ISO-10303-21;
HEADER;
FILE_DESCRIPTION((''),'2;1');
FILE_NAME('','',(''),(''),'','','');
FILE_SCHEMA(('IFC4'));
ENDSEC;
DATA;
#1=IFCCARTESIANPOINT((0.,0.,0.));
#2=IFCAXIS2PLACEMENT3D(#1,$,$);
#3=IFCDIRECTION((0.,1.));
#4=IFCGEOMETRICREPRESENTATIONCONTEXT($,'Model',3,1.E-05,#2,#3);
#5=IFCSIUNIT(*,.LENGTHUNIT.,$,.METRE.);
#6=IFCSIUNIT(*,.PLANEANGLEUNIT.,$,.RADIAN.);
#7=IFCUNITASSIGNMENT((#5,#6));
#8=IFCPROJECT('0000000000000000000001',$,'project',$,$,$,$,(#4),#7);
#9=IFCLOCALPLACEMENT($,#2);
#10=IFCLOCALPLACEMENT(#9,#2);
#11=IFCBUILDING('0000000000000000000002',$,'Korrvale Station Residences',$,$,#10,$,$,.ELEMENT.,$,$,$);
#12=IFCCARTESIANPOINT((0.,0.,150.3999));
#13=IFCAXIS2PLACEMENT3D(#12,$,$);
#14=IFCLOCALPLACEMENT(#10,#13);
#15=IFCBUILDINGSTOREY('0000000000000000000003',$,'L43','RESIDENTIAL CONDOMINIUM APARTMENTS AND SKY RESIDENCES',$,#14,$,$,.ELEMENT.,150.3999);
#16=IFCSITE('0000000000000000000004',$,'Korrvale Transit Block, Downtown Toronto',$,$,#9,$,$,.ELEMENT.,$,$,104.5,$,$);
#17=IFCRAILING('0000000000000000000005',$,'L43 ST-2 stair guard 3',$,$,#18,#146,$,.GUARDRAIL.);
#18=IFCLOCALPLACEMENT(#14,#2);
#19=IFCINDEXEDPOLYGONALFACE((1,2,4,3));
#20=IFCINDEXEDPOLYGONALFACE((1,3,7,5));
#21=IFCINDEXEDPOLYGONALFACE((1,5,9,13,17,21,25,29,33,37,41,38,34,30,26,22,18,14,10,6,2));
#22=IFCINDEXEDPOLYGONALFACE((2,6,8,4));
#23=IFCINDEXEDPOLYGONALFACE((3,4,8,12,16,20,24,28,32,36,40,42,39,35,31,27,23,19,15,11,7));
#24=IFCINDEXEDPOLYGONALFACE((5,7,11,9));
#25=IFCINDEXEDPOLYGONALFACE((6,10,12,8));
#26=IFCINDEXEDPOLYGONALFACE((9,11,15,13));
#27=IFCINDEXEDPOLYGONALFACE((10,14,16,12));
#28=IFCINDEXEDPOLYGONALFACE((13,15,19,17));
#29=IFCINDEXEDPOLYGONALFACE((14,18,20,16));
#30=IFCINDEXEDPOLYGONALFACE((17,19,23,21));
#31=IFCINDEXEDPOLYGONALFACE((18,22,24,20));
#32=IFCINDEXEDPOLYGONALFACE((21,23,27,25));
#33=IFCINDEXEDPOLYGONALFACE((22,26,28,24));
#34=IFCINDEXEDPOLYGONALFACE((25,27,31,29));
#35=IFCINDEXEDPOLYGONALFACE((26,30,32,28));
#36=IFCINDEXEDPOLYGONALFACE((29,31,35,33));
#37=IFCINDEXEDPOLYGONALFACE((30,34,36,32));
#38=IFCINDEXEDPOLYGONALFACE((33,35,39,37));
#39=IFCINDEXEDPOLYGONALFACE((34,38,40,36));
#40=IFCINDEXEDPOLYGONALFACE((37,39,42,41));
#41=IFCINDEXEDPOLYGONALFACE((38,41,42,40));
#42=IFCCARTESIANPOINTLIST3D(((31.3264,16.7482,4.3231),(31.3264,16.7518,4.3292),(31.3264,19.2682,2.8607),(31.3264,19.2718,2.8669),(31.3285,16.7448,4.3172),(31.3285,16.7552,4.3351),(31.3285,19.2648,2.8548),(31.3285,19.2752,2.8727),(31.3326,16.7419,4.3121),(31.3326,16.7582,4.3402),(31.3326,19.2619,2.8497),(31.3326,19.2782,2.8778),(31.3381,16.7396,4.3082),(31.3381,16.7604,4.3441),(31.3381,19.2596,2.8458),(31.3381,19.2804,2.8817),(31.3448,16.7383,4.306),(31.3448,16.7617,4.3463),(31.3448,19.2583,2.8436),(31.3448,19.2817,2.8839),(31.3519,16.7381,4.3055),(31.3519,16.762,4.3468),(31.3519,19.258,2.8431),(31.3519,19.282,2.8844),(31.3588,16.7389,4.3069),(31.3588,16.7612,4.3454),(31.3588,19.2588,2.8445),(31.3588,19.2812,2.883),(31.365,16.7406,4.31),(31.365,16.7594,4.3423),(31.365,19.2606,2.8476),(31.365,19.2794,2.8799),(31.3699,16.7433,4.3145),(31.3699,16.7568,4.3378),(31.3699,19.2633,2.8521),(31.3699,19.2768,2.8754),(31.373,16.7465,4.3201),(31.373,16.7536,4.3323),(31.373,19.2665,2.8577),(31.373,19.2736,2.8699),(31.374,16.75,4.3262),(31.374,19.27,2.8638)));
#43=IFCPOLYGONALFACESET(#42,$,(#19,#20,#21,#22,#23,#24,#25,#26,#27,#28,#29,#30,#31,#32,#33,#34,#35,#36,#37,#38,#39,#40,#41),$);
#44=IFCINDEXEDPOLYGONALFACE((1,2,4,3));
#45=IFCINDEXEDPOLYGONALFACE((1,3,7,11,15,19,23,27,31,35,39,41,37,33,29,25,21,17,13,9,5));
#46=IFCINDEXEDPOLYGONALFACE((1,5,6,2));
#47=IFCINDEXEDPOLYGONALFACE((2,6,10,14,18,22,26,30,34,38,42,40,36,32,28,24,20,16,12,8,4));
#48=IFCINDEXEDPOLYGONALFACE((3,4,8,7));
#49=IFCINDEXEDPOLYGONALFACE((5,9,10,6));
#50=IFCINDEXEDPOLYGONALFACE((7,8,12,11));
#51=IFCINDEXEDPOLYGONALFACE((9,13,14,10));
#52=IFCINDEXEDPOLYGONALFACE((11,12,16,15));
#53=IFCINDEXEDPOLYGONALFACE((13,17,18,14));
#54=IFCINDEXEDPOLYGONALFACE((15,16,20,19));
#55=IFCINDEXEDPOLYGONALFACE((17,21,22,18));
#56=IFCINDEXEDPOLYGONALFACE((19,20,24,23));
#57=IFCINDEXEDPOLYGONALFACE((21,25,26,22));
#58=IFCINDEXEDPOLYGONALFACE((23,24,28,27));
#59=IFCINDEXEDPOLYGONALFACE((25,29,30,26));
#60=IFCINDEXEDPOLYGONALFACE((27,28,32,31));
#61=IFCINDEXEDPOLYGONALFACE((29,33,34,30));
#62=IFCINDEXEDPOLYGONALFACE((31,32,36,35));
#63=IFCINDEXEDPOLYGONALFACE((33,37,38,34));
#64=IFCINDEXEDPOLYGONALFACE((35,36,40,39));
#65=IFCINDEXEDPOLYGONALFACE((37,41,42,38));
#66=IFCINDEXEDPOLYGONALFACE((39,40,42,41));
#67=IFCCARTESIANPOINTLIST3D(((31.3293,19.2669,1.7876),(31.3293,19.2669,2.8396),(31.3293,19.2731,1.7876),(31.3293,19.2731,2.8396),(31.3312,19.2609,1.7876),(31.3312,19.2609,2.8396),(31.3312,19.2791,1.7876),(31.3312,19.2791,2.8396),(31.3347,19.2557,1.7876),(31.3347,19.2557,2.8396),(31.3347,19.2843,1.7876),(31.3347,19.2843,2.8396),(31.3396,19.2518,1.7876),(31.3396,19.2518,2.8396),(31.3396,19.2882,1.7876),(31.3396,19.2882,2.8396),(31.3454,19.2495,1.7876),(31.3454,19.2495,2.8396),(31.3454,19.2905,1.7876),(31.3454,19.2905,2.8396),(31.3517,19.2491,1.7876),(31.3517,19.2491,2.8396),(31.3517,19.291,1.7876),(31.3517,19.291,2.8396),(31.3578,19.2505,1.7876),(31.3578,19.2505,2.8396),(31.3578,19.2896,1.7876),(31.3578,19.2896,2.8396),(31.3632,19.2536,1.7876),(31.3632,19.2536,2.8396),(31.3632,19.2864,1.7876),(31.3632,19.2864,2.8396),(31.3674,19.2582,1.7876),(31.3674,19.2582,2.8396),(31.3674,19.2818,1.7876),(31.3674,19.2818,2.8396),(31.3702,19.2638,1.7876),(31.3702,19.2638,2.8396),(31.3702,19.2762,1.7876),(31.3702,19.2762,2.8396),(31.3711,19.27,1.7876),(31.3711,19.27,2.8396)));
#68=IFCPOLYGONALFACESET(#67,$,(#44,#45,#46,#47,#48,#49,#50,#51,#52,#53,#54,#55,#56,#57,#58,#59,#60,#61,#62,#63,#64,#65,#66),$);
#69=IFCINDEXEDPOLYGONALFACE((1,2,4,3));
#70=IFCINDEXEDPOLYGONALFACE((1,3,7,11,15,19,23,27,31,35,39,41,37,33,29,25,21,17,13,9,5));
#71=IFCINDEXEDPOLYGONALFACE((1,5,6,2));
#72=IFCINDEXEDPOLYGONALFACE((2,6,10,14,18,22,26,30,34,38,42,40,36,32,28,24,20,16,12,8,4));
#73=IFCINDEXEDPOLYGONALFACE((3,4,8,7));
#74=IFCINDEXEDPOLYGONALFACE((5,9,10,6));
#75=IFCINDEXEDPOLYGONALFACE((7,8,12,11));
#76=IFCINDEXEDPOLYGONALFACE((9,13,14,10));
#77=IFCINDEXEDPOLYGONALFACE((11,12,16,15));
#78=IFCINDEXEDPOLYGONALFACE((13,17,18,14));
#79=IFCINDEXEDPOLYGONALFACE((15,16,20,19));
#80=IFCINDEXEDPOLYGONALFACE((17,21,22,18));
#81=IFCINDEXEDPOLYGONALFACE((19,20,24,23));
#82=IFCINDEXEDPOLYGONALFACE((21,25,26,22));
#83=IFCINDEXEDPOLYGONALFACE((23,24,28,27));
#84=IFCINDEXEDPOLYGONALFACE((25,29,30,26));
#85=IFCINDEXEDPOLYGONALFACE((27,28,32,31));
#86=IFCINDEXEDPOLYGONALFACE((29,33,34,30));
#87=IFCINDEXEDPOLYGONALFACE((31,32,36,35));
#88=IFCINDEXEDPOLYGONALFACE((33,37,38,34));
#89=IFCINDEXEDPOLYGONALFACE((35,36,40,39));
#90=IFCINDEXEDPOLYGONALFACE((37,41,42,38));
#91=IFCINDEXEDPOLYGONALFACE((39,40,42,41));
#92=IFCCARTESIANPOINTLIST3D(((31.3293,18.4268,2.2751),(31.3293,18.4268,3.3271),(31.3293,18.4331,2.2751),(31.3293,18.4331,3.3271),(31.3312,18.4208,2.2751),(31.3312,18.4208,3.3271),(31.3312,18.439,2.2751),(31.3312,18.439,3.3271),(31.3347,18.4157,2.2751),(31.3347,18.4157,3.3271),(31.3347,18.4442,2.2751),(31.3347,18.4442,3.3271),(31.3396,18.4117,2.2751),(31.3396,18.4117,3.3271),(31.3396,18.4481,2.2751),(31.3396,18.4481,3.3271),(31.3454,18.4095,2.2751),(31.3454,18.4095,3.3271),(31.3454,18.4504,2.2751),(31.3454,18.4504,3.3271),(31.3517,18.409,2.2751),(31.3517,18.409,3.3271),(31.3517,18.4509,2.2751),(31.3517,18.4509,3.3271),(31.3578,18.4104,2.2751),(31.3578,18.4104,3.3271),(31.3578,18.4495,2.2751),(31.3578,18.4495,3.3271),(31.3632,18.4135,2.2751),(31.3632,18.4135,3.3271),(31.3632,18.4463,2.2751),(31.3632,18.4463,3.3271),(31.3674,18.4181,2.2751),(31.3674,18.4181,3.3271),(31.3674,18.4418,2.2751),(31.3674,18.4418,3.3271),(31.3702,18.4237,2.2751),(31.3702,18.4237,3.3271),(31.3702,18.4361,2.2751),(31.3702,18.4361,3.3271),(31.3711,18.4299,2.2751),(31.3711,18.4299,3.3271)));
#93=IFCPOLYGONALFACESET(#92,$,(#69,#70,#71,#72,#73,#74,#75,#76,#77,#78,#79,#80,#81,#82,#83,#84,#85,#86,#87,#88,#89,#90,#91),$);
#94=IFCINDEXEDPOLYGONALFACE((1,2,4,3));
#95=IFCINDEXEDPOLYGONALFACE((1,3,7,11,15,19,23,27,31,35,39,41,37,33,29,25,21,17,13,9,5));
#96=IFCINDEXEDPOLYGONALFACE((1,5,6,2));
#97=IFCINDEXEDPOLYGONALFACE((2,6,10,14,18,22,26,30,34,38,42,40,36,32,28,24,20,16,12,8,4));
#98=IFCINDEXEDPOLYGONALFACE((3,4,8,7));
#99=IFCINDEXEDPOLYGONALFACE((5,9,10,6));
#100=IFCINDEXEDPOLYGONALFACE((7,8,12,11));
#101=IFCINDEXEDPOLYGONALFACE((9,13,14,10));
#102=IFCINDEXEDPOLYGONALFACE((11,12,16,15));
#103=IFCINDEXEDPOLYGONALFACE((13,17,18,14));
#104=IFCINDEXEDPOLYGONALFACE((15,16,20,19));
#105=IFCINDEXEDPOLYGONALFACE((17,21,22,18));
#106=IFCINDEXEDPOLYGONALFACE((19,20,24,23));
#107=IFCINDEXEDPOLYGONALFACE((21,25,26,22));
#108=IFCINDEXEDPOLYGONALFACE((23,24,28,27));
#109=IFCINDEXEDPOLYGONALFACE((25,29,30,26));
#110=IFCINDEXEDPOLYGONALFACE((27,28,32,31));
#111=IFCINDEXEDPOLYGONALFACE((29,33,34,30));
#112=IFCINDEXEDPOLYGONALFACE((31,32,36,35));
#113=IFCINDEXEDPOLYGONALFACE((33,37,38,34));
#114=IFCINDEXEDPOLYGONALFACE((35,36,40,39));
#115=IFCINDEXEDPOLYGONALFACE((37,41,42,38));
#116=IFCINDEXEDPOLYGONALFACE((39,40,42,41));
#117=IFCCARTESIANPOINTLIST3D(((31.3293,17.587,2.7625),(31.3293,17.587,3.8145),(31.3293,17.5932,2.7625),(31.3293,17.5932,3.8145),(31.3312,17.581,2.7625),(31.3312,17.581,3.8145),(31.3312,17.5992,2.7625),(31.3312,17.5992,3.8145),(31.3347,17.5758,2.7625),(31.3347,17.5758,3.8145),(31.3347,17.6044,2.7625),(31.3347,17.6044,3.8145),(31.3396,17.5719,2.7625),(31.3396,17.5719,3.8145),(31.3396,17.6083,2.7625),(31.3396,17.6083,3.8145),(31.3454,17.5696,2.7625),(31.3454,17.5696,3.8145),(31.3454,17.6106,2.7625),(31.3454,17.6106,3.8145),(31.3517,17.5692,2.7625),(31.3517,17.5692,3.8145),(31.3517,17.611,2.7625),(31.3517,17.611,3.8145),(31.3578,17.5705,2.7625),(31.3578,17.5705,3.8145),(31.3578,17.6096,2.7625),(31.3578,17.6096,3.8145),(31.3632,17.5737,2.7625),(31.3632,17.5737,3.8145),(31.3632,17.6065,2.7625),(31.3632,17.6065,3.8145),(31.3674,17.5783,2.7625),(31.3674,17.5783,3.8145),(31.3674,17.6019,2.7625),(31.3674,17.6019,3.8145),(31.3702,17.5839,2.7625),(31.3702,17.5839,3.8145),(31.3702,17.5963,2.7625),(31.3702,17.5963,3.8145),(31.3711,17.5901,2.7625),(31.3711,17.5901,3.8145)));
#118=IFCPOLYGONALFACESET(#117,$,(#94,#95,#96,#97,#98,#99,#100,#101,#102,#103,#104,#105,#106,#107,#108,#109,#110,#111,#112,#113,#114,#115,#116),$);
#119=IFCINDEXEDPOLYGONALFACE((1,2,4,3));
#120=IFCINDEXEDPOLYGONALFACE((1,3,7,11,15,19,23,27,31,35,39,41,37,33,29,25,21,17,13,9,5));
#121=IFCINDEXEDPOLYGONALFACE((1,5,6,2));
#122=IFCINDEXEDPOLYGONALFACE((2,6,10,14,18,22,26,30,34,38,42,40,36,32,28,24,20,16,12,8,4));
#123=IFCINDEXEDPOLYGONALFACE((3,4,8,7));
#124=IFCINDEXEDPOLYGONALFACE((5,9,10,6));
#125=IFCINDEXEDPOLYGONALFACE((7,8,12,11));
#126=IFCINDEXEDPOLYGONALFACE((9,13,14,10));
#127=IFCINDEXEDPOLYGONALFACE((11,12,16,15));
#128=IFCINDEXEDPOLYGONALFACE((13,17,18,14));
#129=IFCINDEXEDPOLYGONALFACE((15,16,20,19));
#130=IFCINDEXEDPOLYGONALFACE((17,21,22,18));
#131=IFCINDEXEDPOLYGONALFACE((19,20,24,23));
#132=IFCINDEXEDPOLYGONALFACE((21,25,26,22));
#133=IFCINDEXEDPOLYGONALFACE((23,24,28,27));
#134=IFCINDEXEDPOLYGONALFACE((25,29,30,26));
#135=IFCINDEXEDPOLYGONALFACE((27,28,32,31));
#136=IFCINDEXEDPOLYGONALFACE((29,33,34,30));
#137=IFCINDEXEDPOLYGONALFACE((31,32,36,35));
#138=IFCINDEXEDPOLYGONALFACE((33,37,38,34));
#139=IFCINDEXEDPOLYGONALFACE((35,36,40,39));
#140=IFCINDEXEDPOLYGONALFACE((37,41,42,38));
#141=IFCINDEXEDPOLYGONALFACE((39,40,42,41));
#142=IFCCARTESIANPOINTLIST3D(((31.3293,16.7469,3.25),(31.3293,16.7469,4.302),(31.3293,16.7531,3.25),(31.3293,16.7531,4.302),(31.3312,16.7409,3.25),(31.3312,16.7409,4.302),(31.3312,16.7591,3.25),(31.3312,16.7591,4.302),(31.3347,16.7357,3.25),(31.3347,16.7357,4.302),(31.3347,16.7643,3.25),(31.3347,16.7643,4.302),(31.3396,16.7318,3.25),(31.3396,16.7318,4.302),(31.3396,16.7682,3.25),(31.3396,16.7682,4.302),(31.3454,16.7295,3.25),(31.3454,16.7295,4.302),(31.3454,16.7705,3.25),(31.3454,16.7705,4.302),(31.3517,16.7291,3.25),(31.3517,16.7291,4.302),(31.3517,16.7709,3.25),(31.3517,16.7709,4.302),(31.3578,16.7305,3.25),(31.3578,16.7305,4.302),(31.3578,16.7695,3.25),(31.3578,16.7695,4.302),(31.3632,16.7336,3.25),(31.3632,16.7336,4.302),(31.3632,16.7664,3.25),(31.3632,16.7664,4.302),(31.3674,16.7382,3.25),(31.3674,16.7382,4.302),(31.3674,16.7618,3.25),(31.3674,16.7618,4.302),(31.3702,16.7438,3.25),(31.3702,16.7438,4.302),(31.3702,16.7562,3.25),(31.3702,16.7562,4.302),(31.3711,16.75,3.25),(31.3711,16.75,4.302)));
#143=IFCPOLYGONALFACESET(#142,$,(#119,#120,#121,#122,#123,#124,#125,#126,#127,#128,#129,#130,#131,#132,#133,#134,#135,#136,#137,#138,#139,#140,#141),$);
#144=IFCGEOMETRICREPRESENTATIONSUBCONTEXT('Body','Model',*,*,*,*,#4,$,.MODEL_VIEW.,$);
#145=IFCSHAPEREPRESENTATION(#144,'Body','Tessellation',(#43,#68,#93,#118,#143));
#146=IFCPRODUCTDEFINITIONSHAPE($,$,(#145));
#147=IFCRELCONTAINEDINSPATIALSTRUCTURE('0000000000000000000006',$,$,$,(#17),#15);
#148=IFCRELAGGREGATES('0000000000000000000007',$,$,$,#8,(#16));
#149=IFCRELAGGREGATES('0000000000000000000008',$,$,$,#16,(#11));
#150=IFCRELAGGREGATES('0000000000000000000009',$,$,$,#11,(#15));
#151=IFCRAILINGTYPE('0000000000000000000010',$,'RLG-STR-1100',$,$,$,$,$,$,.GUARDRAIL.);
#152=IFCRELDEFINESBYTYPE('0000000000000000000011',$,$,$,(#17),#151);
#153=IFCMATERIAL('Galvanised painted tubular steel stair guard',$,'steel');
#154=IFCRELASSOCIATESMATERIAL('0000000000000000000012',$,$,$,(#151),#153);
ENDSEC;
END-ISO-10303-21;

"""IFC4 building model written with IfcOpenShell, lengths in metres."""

from ifc_helpers import new_model, si_unit, direction, frame, origin, origin_2d, place, context, subcontext, project, spatial, circle, extrude, material, type_object, element, save


model = new_model("IFC4")

# Units and contexts
model_context = context("Model", 3, precision=1e-05, world=origin(), true_north=direction((0.0, 1.0)))
body_context = subcontext(model_context, "Body", "Model", "MODEL_VIEW")
ifc_project = project(units=[si_unit("LENGTHUNIT", "METRE"), si_unit("PLANEANGLEUNIT", "RADIAN")], contexts=[model_context])

# Site, building, storey
site_placement = place(None, origin())
site = spatial("IfcSite", under=ifc_project, at=site_placement, Name="Korrvale Transit Block, Downtown Toronto", CompositionType="ELEMENT", RefElevation=104.5)
building_placement = place(site_placement, origin())
building = spatial("IfcBuilding", under=site, at=building_placement, Name="Korrvale Station Residences", CompositionType="ELEMENT")
storey_placement = place(building_placement, frame((0.0, 0.0, 150.3999)))
storey = spatial("IfcBuildingStorey", under=building, at=storey_placement, Name="L43", Description="RESIDENTIAL CONDOMINIUM APARTMENTS AND SKY RESIDENCES", CompositionType="ELEMENT", Elevation=150.3999)

# Railing
ifc_material_1 = material(Name="Galvanised painted tubular steel stair guard", Category="steel")
railing_type_1 = type_object("IfcRailingType", Name="RLG-STR-1100", PredefinedType="GUARDRAIL", material=ifc_material_1)
railing_1_placement = place(storey_placement, frame((31.3501, 19.27, 1.7876)))
element("IfcRailing", 1, at=railing_1_placement, inside=storey, type_object=railing_type_1, Name="L43 ST-2 stair guard 3", PredefinedType="GUARDRAIL", context=body_context, shape_type="SweptSolid", body=[
    extrude(circle(Radius=0.0239, at=origin_2d()), frame((0.0, 0.0, 1.0762), z_axis=(0.0, -0.864913, 0.501921), x_axis=(1.0, 0.0, 0.0)), (0.0, 0.0, 1.0), 2.9136),
    extrude(circle(Radius=0.021, at=origin_2d()), origin(), (0.0, 0.0, 1.0), 1.052),
    extrude(circle(Radius=0.021, at=origin_2d()), frame((0.0, -0.8401, 0.4875)), (0.0, 0.0, 1.0), 1.052),
    extrude(circle(Radius=0.021, at=origin_2d()), frame((0.0, -1.6799, 0.9749)), (0.0, 0.0, 1.0), 1.052),
    extrude(circle(Radius=0.021, at=origin_2d()), frame((0.0, -2.52, 1.4624)), (0.0, 0.0, 1.0), 1.052),
])

save(model, "model.ifc")
